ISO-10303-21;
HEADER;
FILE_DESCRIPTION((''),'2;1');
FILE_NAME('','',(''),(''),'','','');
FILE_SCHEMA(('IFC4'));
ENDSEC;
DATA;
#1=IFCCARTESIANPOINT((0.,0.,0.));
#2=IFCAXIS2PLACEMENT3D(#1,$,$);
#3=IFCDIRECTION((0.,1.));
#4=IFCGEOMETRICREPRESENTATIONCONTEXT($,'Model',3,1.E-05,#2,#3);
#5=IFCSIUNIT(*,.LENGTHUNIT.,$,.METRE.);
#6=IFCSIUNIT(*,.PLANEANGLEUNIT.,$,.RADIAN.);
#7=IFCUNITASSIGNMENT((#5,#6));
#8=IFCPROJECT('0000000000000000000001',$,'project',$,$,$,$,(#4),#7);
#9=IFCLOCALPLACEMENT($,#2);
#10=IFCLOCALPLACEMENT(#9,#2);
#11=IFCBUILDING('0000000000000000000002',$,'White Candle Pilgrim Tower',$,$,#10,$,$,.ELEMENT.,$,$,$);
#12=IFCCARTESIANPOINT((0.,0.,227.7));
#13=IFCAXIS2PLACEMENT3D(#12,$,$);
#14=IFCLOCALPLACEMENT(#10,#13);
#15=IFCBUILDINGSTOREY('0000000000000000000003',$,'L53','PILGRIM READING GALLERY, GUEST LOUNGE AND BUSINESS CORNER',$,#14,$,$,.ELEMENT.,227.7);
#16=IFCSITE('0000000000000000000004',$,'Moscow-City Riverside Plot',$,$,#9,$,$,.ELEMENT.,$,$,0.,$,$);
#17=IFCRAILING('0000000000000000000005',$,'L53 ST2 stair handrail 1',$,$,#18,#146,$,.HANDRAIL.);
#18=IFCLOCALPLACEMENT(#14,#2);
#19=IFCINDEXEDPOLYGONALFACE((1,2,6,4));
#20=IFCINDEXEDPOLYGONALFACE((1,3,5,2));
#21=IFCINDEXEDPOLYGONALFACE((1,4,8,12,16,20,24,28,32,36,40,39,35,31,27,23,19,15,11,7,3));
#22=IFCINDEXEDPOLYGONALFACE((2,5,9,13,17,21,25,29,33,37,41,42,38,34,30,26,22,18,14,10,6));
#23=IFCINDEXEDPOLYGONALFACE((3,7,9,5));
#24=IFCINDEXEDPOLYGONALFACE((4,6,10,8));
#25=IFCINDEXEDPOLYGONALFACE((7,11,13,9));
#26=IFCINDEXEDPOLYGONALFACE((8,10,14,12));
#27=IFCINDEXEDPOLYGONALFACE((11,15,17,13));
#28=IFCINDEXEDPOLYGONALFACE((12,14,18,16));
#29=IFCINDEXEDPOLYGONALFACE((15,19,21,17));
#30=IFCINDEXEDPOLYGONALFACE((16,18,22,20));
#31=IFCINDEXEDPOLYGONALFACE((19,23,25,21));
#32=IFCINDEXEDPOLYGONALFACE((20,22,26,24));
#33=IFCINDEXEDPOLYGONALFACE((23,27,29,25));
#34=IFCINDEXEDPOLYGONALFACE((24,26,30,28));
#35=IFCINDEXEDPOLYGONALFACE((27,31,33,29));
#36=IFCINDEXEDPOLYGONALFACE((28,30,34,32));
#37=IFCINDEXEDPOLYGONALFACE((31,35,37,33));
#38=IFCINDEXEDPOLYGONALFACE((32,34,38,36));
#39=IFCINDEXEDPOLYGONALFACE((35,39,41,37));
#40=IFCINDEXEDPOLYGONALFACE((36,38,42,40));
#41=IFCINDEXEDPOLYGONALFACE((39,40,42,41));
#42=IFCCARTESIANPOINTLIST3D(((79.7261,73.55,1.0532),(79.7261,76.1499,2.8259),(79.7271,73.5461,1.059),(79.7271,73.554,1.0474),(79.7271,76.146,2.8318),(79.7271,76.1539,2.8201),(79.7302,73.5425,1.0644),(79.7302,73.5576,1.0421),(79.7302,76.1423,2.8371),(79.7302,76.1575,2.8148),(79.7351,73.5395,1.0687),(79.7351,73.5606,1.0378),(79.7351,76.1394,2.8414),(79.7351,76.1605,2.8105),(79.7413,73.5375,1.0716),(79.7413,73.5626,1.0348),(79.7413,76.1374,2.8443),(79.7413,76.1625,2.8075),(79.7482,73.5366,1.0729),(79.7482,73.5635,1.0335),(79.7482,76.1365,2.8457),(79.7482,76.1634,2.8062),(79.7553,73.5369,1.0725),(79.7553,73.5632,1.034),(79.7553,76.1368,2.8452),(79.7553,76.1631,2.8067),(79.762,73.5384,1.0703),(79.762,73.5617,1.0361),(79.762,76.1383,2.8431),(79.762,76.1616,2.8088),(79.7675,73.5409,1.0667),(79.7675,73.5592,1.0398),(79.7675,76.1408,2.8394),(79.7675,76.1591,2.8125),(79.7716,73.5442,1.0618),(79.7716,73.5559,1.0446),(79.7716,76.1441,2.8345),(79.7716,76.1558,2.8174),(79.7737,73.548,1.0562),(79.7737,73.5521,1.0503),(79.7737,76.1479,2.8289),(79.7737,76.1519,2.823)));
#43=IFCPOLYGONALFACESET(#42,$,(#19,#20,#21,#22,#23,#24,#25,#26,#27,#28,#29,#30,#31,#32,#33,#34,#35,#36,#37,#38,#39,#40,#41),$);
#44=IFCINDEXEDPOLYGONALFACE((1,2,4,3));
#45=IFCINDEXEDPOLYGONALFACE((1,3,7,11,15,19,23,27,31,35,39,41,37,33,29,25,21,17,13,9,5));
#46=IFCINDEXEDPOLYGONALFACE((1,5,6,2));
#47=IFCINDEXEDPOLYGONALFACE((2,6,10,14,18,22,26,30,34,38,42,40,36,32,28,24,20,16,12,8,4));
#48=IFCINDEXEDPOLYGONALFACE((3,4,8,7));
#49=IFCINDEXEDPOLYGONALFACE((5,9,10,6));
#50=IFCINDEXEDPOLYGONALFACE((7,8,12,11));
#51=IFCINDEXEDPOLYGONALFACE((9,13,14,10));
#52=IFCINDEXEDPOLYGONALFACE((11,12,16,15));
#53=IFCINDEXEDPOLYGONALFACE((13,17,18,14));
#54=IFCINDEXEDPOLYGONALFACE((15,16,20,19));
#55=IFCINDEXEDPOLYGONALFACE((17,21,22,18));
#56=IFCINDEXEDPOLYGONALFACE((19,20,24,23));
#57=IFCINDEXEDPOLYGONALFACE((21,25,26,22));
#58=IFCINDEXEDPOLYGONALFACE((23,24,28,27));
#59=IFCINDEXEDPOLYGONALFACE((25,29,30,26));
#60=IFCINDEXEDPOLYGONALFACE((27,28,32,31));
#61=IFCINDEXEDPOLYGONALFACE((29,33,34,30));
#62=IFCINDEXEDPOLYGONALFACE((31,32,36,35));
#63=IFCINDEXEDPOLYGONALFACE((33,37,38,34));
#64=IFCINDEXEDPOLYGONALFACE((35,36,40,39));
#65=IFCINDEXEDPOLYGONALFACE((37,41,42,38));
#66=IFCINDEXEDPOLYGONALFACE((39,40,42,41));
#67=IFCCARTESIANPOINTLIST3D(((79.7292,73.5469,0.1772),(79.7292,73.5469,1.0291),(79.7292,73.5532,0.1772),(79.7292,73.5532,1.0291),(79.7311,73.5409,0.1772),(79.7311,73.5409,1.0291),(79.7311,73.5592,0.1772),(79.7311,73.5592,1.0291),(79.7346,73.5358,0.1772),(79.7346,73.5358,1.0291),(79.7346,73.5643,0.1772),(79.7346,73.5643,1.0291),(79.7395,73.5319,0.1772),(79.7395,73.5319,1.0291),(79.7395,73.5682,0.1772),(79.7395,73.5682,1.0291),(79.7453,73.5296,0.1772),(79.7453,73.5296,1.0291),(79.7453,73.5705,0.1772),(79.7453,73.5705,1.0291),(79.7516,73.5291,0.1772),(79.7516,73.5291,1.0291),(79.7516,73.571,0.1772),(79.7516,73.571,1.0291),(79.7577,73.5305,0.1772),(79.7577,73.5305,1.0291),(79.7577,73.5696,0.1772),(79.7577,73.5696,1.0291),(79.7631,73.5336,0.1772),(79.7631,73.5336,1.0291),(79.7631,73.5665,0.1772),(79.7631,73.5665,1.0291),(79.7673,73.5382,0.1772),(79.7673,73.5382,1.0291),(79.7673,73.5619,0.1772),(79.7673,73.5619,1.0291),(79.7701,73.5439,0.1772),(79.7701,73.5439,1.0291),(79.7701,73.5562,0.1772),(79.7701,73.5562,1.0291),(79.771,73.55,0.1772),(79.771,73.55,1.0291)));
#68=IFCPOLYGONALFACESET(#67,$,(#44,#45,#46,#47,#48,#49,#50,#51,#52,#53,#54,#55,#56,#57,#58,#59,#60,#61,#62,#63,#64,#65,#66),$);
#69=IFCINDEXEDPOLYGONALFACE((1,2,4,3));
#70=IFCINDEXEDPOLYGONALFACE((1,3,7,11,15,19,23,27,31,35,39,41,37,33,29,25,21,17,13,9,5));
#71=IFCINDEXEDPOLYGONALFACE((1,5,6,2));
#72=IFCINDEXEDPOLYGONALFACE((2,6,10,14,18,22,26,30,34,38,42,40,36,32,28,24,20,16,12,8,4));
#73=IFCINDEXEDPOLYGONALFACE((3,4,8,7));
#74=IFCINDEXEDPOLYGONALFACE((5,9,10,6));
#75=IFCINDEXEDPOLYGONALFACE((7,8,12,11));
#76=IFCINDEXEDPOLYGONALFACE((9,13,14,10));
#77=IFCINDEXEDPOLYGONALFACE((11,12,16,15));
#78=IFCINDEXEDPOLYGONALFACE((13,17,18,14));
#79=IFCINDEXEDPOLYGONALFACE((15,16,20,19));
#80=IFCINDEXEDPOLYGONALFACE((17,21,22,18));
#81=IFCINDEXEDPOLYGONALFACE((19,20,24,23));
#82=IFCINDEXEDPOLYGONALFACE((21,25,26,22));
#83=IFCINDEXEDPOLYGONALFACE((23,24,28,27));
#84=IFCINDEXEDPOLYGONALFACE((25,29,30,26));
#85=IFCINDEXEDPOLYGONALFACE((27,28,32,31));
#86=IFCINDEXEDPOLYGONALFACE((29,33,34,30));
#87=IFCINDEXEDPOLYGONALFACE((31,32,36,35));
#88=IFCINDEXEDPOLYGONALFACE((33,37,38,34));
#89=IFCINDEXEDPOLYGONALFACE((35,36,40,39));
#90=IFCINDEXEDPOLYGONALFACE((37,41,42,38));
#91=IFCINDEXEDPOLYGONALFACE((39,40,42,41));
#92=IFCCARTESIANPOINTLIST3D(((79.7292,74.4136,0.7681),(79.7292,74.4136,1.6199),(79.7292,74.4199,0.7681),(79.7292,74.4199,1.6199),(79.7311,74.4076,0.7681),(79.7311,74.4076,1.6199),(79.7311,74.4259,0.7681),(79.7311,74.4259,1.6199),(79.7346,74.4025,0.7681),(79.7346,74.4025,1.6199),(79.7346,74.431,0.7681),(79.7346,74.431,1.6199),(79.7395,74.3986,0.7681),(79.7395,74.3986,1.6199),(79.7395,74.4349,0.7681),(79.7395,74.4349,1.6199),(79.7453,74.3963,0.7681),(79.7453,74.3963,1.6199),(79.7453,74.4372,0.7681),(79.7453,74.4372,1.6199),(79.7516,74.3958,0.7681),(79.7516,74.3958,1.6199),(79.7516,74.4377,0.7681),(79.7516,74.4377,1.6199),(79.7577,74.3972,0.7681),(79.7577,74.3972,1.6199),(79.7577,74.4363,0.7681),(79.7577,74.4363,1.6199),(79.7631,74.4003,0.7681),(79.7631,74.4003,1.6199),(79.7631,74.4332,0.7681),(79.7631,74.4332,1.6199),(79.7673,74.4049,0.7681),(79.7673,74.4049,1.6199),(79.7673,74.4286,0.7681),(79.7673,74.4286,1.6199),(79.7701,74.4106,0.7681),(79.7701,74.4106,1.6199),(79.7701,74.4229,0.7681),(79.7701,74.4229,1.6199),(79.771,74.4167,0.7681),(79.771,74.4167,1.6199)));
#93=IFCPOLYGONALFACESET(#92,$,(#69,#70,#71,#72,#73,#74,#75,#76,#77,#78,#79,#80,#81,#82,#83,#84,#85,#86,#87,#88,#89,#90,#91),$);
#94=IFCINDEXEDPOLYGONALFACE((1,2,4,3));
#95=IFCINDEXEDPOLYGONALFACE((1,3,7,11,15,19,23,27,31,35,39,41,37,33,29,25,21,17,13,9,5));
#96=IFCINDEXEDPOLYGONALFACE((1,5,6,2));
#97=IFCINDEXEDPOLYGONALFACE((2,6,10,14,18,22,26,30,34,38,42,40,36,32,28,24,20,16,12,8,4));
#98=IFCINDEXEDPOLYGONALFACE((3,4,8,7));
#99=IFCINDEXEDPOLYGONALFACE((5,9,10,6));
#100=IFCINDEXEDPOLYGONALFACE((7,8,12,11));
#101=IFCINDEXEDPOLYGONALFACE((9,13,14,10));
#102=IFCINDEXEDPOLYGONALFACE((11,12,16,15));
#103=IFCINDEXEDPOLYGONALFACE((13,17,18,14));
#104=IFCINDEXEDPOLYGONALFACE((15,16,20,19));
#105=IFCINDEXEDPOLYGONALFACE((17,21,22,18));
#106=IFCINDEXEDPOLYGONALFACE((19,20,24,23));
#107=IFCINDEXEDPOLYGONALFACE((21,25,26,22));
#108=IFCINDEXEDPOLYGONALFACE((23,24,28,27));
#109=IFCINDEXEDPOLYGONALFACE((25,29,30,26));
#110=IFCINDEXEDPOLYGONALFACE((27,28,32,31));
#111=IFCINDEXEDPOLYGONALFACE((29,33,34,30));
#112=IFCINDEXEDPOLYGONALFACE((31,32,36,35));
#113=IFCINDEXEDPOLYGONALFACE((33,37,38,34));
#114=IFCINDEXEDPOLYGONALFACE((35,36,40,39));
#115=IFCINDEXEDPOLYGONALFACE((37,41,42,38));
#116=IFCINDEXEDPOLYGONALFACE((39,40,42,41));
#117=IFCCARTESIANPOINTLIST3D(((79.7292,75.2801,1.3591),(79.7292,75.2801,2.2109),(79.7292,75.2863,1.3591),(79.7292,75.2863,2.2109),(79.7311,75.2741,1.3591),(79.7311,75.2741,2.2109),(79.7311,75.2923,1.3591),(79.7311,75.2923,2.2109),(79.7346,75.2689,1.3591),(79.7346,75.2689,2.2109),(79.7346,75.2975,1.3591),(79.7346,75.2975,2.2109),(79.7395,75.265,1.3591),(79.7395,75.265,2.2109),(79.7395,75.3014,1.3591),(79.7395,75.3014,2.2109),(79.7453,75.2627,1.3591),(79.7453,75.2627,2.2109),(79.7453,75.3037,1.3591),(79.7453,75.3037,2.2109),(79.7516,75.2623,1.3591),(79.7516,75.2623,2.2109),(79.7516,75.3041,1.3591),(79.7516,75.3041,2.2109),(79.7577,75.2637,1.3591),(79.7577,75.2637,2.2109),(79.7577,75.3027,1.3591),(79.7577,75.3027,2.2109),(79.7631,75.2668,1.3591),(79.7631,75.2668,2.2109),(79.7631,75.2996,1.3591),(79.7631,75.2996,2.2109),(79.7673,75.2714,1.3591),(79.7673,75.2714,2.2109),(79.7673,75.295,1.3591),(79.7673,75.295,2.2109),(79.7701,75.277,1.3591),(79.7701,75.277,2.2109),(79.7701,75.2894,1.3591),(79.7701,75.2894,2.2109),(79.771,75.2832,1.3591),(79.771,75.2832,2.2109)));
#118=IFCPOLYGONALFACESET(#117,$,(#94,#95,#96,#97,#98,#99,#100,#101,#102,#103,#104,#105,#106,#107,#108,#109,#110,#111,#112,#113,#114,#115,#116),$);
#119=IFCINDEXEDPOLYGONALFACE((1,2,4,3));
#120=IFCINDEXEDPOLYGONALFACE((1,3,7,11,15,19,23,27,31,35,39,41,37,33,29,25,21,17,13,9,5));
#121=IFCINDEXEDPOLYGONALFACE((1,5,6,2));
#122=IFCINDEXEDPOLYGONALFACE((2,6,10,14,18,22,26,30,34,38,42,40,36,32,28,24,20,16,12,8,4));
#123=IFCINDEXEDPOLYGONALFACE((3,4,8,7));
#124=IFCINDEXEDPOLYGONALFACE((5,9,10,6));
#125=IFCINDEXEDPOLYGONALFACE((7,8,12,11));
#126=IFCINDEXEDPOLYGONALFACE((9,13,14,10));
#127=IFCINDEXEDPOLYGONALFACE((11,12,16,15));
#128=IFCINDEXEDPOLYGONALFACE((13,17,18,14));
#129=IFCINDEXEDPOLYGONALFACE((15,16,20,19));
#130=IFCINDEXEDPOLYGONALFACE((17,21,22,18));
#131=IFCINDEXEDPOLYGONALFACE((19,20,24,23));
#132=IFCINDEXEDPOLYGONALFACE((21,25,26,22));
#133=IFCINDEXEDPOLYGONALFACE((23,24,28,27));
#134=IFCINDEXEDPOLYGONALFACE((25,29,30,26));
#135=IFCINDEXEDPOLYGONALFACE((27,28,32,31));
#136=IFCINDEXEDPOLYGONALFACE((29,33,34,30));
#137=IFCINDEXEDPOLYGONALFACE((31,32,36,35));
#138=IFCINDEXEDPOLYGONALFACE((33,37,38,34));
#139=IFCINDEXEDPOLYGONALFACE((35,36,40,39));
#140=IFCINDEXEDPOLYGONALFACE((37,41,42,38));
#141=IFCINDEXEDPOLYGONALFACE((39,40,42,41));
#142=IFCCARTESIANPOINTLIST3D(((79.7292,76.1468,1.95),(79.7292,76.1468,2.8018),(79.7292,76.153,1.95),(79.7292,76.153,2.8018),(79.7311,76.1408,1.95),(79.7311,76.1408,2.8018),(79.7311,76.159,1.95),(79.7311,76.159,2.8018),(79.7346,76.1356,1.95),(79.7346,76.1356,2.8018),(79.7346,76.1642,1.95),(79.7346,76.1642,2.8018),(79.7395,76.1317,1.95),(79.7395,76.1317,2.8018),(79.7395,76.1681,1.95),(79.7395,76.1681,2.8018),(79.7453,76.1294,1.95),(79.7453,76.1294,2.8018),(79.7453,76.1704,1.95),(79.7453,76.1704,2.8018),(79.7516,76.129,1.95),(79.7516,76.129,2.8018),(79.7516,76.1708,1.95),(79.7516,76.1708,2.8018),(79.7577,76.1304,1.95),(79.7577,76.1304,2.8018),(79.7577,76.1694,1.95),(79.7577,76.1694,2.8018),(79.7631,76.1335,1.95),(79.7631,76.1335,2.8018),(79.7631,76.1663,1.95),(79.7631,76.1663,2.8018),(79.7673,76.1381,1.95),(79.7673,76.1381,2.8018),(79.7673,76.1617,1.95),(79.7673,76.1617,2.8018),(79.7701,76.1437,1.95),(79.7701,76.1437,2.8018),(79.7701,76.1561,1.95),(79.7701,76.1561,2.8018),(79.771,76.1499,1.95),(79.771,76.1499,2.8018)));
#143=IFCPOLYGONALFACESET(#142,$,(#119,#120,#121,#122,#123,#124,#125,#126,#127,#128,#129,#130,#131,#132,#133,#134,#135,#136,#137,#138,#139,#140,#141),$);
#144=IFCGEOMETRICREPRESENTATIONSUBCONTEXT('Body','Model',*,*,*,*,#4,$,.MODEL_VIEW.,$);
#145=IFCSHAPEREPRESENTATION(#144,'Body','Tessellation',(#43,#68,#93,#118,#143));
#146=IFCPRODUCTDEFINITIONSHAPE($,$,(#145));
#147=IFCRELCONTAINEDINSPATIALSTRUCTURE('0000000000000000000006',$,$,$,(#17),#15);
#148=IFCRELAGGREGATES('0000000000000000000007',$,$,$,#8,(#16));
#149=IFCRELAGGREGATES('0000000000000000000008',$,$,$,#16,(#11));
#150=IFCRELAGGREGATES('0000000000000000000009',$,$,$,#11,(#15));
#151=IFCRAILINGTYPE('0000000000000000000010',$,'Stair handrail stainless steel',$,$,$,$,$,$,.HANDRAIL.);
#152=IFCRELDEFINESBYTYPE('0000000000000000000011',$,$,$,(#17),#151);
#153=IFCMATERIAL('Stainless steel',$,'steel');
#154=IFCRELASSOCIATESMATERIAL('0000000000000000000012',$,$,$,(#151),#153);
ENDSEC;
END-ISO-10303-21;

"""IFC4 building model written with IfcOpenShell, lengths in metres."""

from ifc_helpers import new_model, si_unit, direction, frame, origin, origin_2d, place, context, subcontext, project, spatial, circle, extrude, material, type_object, element, save


model = new_model("IFC4")

# Units and contexts
model_context = context("Model", 3, precision=1e-05, world=origin(), true_north=direction((0.0, 1.0)))
body_context = subcontext(model_context, "Body", "Model", "MODEL_VIEW")
ifc_project = project(units=[si_unit("LENGTHUNIT", "METRE"), si_unit("PLANEANGLEUNIT", "RADIAN")], contexts=[model_context])

# Site, building, storey
site_placement = place(None, origin())
site = spatial("IfcSite", under=ifc_project, at=site_placement, Name="Moscow-City Riverside Plot", CompositionType="ELEMENT", RefElevation=0.0)
building_placement = place(site_placement, origin())
building = spatial("IfcBuilding", under=site, at=building_placement, Name="White Candle Pilgrim Tower", CompositionType="ELEMENT")
storey_placement = place(building_placement, frame((0.0, 0.0, 227.7)))
storey = spatial("IfcBuildingStorey", under=building, at=storey_placement, Name="L53", Description="PILGRIM READING GALLERY, GUEST LOUNGE AND BUSINESS CORNER", CompositionType="ELEMENT", Elevation=227.7)

# Railing
ifc_material_1 = material(Name="Stainless steel", Category="steel")
railing_type_1 = type_object("IfcRailingType", Name="Stair handrail stainless steel", PredefinedType="HANDRAIL", material=ifc_material_1)
railing_1_placement = place(storey_placement, frame((79.75, 73.55, 0.1772)))
element("IfcRailing", 1, at=railing_1_placement, inside=storey, type_object=railing_type_1, Name="L53 ST2 stair handrail 1", PredefinedType="HANDRAIL", context=body_context, shape_type="SweptSolid", body=[
    extrude(circle(Radius=0.0239, at=origin_2d()), frame((0.0, 0.0, 0.876), z_axis=(0.0, 0.826216, 0.563354), x_axis=(-1.0, 0.0, 0.0)), (0.0, 0.0, 1.0), 3.1467),
    extrude(circle(Radius=0.021, at=origin_2d()), origin(), (0.0, 0.0, 1.0), 0.8518),
    extrude(circle(Radius=0.021, at=origin_2d()), frame((0.0, 0.8667, 0.5908)), (0.0, 0.0, 1.0), 0.8518),
    extrude(circle(Radius=0.021, at=origin_2d()), frame((0.0, 1.7332, 1.1819)), (0.0, 0.0, 1.0), 0.8518),
    extrude(circle(Radius=0.021, at=origin_2d()), frame((0.0, 2.5999, 1.7727)), (0.0, 0.0, 1.0), 0.8518),
])

save(model, "model.ifc")
